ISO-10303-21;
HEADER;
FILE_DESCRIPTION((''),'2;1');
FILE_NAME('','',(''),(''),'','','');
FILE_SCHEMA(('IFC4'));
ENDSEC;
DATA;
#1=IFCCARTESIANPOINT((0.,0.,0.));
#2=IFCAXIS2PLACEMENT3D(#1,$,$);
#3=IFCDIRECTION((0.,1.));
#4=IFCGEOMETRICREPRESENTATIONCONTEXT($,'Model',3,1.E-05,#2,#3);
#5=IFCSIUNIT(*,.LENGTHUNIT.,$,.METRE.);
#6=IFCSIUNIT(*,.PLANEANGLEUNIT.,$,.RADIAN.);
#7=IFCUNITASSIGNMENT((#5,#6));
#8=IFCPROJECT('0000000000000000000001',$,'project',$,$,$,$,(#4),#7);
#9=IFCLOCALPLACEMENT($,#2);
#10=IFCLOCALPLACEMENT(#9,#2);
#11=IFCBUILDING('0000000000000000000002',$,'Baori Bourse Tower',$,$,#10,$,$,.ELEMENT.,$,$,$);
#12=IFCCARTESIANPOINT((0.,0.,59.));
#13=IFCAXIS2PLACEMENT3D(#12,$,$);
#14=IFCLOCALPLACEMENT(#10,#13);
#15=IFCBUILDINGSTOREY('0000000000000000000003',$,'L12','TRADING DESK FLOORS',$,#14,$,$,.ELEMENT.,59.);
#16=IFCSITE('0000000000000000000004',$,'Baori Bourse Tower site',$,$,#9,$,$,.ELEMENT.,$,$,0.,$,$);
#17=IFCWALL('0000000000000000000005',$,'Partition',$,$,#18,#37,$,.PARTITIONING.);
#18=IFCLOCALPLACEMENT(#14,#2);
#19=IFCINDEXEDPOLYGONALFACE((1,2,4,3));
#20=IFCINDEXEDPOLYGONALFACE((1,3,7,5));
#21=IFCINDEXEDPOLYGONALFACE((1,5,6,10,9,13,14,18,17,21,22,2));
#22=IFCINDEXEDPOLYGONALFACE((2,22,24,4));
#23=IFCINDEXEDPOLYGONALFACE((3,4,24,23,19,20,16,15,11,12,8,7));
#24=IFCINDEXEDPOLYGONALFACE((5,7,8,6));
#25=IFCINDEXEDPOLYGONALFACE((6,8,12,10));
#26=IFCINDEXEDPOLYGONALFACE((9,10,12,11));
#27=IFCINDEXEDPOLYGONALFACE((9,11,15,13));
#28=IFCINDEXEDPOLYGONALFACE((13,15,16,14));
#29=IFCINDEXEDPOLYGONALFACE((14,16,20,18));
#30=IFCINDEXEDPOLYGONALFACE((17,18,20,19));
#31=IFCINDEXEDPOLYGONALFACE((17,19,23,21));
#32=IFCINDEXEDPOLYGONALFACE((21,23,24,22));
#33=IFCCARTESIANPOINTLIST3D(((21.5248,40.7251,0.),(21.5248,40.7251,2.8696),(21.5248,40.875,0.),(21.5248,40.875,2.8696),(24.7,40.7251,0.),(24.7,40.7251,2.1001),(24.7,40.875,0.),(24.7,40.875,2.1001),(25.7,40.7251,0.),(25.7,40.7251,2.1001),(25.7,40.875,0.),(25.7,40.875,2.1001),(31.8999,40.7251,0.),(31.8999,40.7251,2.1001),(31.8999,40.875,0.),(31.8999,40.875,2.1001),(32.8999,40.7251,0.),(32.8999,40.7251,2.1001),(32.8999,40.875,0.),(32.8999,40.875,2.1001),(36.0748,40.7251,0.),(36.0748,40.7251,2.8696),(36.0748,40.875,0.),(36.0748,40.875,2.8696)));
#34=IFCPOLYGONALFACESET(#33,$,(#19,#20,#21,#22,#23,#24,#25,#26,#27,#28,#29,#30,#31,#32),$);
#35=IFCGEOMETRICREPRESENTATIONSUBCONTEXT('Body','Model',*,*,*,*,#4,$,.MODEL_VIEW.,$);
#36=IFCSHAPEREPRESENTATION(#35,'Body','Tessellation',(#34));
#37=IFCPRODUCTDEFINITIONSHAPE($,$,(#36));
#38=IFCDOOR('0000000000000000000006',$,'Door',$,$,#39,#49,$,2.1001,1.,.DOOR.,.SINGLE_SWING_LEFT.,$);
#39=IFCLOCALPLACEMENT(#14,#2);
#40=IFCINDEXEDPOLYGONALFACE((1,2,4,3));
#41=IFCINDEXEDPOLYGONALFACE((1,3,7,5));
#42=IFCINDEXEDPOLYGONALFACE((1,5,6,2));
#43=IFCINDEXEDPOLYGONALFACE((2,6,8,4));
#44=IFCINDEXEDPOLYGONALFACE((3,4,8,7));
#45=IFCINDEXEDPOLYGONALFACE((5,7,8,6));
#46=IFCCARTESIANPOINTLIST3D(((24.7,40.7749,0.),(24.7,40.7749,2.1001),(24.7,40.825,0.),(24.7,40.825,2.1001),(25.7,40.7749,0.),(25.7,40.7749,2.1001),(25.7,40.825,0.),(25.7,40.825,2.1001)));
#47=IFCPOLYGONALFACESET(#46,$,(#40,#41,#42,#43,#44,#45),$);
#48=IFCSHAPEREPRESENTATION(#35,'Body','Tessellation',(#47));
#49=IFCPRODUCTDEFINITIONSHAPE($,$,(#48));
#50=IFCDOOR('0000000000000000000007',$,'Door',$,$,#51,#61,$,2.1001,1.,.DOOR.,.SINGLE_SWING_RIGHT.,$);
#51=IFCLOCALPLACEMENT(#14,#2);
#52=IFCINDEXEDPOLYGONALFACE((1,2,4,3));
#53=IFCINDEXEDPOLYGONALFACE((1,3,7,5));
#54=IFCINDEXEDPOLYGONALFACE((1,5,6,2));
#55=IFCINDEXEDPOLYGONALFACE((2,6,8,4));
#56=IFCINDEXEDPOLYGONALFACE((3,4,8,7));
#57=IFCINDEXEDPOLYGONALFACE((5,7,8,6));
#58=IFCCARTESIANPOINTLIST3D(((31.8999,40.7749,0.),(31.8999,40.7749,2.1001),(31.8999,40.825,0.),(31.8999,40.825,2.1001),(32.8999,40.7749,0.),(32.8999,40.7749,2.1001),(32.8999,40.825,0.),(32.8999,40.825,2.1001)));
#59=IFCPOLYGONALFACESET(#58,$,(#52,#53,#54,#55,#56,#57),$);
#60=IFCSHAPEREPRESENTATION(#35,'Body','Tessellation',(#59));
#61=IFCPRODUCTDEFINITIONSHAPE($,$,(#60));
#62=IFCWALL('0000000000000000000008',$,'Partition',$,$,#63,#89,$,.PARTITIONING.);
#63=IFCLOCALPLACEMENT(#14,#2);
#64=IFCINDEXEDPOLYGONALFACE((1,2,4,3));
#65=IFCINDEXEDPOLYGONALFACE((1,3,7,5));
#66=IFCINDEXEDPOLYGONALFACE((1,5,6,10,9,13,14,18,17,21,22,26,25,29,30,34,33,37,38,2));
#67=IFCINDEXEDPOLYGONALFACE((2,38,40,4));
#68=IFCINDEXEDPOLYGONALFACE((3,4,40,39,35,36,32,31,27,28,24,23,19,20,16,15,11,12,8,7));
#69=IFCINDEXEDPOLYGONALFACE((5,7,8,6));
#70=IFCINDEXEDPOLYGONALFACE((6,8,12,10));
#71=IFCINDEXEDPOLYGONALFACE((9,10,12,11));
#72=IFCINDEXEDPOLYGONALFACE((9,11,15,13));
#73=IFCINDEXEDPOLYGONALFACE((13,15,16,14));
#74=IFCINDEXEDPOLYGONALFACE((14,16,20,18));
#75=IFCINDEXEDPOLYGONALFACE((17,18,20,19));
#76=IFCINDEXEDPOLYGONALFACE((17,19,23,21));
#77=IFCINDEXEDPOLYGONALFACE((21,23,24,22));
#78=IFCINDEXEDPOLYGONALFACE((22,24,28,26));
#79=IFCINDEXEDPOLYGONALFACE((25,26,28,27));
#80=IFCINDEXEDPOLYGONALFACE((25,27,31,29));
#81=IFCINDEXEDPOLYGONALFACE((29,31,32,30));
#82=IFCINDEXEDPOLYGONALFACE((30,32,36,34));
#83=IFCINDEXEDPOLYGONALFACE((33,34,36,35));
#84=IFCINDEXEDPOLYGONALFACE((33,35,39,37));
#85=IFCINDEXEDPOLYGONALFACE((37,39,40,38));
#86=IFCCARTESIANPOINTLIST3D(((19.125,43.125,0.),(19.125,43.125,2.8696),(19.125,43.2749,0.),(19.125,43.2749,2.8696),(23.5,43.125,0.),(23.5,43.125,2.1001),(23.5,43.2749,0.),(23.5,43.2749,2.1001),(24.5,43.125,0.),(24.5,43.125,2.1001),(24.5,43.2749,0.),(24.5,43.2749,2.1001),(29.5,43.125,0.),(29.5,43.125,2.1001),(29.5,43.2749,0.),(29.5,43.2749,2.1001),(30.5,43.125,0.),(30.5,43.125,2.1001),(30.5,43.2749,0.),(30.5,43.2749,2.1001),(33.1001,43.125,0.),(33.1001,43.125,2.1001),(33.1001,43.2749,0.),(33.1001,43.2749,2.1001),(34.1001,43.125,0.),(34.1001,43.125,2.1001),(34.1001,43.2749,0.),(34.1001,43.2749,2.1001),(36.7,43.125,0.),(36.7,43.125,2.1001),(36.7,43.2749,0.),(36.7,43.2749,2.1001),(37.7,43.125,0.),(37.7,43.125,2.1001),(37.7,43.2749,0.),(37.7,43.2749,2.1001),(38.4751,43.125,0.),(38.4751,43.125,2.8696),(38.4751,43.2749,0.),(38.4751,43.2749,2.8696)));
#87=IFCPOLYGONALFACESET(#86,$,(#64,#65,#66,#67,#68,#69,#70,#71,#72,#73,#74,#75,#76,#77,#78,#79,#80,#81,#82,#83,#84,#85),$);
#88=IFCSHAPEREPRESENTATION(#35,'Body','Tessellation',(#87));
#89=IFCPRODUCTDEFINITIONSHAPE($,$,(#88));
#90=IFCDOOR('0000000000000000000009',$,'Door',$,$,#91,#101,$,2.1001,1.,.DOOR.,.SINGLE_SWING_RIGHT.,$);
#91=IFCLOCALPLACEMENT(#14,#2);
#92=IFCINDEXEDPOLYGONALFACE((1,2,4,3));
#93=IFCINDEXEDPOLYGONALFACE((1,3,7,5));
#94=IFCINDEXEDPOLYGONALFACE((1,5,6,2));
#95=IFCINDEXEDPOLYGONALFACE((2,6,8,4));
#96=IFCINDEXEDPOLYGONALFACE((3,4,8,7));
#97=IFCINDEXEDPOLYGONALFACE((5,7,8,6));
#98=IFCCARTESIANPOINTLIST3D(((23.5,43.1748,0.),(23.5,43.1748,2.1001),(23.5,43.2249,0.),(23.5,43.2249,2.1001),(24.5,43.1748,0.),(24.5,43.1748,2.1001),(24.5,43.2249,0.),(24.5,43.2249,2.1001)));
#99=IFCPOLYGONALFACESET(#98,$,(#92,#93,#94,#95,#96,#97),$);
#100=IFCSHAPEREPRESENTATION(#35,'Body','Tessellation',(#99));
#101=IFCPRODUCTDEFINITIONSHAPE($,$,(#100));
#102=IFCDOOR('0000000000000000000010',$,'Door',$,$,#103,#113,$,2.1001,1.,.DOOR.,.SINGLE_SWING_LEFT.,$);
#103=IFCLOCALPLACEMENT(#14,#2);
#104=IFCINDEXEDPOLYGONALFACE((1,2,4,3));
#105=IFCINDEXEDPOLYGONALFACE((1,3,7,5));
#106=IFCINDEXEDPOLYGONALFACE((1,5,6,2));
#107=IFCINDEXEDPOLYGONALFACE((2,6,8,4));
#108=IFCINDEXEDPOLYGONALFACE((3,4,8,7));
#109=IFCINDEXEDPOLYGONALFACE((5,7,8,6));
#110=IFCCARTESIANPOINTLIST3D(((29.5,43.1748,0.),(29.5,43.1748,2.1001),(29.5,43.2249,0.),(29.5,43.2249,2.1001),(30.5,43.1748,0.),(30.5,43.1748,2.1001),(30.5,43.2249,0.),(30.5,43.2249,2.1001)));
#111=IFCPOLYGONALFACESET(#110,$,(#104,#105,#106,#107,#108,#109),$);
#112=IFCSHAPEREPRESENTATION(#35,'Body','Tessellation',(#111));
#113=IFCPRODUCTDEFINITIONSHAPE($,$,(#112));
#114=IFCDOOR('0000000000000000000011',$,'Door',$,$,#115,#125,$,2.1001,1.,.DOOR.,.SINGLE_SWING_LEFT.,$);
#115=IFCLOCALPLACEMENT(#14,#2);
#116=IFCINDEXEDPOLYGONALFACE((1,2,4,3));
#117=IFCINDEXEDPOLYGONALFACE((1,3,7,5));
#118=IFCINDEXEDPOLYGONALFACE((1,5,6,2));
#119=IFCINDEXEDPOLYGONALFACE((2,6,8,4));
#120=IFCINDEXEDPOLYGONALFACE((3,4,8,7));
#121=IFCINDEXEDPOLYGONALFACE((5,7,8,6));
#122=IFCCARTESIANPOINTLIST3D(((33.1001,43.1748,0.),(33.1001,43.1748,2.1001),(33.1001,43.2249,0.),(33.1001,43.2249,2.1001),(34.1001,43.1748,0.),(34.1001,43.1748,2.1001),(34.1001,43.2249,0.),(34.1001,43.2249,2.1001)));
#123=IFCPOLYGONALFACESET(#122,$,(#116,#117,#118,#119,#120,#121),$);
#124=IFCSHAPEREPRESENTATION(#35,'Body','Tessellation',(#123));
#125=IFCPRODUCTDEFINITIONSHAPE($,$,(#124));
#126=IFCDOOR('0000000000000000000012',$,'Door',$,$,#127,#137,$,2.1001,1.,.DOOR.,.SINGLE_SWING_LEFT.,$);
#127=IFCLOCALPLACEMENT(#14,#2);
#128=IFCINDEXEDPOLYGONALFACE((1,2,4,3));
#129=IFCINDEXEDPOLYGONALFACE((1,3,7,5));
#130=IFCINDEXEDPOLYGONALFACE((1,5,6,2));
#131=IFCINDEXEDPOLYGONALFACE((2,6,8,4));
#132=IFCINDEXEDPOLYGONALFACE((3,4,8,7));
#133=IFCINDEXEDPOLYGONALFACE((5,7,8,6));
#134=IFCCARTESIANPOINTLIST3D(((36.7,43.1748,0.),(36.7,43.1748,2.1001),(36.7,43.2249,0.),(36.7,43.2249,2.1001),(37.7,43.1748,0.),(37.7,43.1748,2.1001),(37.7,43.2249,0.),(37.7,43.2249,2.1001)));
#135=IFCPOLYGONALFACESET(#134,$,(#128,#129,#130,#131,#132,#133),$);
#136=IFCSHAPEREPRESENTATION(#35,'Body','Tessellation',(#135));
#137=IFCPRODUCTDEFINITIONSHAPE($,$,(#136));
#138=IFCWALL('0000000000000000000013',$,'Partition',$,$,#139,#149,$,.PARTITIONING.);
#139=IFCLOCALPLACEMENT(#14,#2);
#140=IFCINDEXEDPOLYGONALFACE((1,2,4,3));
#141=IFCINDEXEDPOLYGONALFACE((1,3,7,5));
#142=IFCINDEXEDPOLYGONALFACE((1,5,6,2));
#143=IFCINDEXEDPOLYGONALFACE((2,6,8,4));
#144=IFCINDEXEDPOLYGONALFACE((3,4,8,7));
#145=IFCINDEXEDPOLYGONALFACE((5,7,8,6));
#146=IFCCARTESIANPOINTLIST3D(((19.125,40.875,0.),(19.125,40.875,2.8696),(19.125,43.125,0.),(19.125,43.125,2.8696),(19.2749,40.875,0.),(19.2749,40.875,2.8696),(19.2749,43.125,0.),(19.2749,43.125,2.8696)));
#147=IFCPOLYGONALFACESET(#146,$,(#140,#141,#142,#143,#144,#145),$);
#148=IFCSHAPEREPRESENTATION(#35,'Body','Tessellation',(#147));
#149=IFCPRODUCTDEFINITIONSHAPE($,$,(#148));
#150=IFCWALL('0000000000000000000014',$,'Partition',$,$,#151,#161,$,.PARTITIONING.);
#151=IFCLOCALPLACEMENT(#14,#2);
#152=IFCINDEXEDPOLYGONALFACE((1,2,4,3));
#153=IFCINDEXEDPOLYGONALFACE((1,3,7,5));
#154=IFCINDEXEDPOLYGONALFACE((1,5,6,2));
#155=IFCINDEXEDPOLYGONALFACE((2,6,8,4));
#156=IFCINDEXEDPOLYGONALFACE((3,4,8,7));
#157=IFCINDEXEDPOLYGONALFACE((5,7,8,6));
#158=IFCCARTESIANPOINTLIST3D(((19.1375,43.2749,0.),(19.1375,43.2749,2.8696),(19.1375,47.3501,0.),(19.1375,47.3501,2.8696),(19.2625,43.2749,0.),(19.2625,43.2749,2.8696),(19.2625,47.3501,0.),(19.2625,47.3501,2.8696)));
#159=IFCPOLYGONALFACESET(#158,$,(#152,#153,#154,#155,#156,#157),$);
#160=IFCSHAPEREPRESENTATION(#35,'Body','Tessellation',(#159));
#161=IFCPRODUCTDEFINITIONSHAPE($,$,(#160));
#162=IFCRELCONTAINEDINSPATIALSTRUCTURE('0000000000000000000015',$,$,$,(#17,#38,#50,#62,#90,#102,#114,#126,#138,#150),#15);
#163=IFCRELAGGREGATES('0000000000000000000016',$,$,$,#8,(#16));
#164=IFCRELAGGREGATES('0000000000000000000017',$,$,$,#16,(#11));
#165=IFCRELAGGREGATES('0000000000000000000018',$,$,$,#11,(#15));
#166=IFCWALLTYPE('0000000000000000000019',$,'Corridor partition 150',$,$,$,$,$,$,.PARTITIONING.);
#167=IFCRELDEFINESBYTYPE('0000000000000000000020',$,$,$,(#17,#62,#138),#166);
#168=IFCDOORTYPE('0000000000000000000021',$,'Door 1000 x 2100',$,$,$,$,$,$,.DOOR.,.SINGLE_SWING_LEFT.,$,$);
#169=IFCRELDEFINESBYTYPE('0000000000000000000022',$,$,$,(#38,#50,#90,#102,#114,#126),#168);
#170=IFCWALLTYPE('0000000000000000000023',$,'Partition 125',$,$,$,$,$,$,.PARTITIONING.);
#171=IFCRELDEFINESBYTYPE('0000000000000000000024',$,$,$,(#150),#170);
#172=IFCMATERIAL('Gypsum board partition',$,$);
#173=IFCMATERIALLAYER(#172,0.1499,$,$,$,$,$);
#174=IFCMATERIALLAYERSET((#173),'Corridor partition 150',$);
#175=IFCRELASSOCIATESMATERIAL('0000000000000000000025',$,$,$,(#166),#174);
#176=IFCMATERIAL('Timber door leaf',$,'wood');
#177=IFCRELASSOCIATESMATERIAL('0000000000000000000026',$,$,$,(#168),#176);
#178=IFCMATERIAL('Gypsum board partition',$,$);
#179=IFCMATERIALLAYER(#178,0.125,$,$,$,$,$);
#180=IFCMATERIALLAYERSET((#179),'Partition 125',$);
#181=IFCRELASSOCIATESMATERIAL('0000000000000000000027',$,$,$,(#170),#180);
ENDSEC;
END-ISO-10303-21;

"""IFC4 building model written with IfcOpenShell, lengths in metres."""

from ifc_helpers import new_model, si_unit, direction, frame, frame_2d, origin, place, context, subcontext, project, spatial, rectangle, extrude, material, layer, layer_set, type_object, element, fill, save


model = new_model("IFC4")

# Units and contexts
model_context = context("Model", 3, precision=1e-05, world=origin(), true_north=direction((0.0, 1.0)))
body_context = subcontext(model_context, "Body", "Model", "MODEL_VIEW")
ifc_project = project(units=[si_unit("LENGTHUNIT", "METRE"), si_unit("PLANEANGLEUNIT", "RADIAN")], contexts=[model_context])

# Site, building, storey
site_placement = place(None, origin())
site = spatial("IfcSite", under=ifc_project, at=site_placement, Name="Baori Bourse Tower site", CompositionType="ELEMENT", RefElevation=0.0)
building_placement = place(site_placement, origin())
building = spatial("IfcBuilding", under=site, at=building_placement, Name="Baori Bourse Tower", CompositionType="ELEMENT")
storey_placement = place(building_placement, frame((0.0, 0.0, 59.0)))
storey = spatial("IfcBuildingStorey", under=building, at=storey_placement, Name="L12", Description="TRADING DESK FLOORS", CompositionType="ELEMENT", Elevation=59.0)

# Walls, openings, doors
ifc_material_1 = material(Name="Gypsum board partition")
ifc_layer_1 = layer(ifc_material_1, 0.1499)
ifc_layer_set_1 = layer_set([ifc_layer_1], Name="Corridor partition 150")
wall_type_1 = type_object("IfcWallType", Name="Corridor partition 150", PredefinedType="PARTITIONING", material=ifc_layer_set_1)
wall_1_placement = place(storey_placement, frame((21.5249, 40.8, 0.0), z_axis=(0.0, 0.0, 1.0), x_axis=(1.0, 0.0, 0.0)))
wall_1 = element("IfcWall", 1, at=wall_1_placement, inside=storey, type_object=wall_type_1, Name="Partition", PredefinedType="PARTITIONING", context=body_context, shape_type="SweptSolid", body=[
    extrude(rectangle(XDim=14.55, YDim=0.1499, at=frame_2d((7.2749, 0.0))), origin(), (0.0, 0.0, 1.0), 2.8696),
])
opening_1_placement = place(wall_1_placement, frame((3.175, 0.0, 0.0)))
opening_1 = element("IfcOpeningElement", 2, at=opening_1_placement, cuts=wall_1, PredefinedType="OPENING", context=body_context, shape_type="SweptSolid", body=[
    extrude(rectangle(XDim=1.0, YDim=2.1001, at=frame_2d((0.5, 1.05))), frame((0.0, 0.085, 0.0), z_axis=(0.0, -1.0, 0.0), x_axis=(1.0, 0.0, 0.0)), (0.0, 0.0, 1.0), 0.1699),
])
opening_2_placement = place(wall_1_placement, frame((10.375, 0.0, 0.0)))
opening_2 = element("IfcOpeningElement", 3, at=opening_2_placement, cuts=wall_1, PredefinedType="OPENING", context=body_context, shape_type="SweptSolid", body=[
    extrude(rectangle(XDim=1.0, YDim=2.1001, at=frame_2d((0.5, 1.05))), frame((0.0, 0.085, 0.0), z_axis=(0.0, -1.0, 0.0), x_axis=(1.0, 0.0, 0.0)), (0.0, 0.0, 1.0), 0.1699),
])
ifc_material_2 = material(Name="Timber door leaf", Category="wood")
door_type_1 = type_object("IfcDoorType", Name="Door 1000 x 2100", OperationType="SINGLE_SWING_LEFT", PredefinedType="DOOR", material=ifc_material_2)
door_1_placement = place(opening_1_placement, origin())
door_1 = element("IfcDoor", 4, at=door_1_placement, inside=storey, type_object=door_type_1, Name="Door", OperationType="SINGLE_SWING_LEFT", OverallHeight=2.1001, OverallWidth=1.0, PredefinedType="DOOR", context=body_context, shape_type="SweptSolid", body=[
    extrude(rectangle(XDim=1.0, YDim=2.1001, at=frame_2d((0.5, 1.05))), frame((0.0, 0.0249, 0.0), z_axis=(0.0, -1.0, 0.0), x_axis=(1.0, 0.0, 0.0)), (0.0, 0.0, 1.0), 0.05),
])
fill(opening_1, door_1)
door_2_placement = place(opening_2_placement, origin())
door_2 = element("IfcDoor", 5, at=door_2_placement, inside=storey, type_object=door_type_1, Name="Door", OperationType="SINGLE_SWING_RIGHT", OverallHeight=2.1001, OverallWidth=1.0, PredefinedType="DOOR", context=body_context, shape_type="SweptSolid", body=[
    extrude(rectangle(XDim=1.0, YDim=2.1001, at=frame_2d((0.5, 1.05))), frame((0.0, 0.0249, 0.0), z_axis=(0.0, -1.0, 0.0), x_axis=(1.0, 0.0, 0.0)), (0.0, 0.0, 1.0), 0.05),
])
fill(opening_2, door_2)
wall_2_placement = place(storey_placement, frame((19.125, 43.2, 0.0), z_axis=(0.0, 0.0, 1.0), x_axis=(1.0, 0.0, 0.0)))
wall_2 = element("IfcWall", 6, at=wall_2_placement, inside=storey, type_object=wall_type_1, Name="Partition", PredefinedType="PARTITIONING", context=body_context, shape_type="SweptSolid", body=[
    extrude(rectangle(XDim=19.3501, YDim=0.1499, at=frame_2d((9.675, 0.0))), origin(), (0.0, 0.0, 1.0), 2.8696),
])
opening_3_placement = place(wall_2_placement, frame((4.375, 0.0, 0.0)))
opening_3 = element("IfcOpeningElement", 7, at=opening_3_placement, cuts=wall_2, PredefinedType="OPENING", context=body_context, shape_type="SweptSolid", body=[
    extrude(rectangle(XDim=1.0, YDim=2.1001, at=frame_2d((0.5, 1.05))), frame((0.0, 0.085, 0.0), z_axis=(0.0, -1.0, 0.0), x_axis=(1.0, 0.0, 0.0)), (0.0, 0.0, 1.0), 0.1699),
])
opening_4_placement = place(wall_2_placement, frame((10.375, 0.0, 0.0)))
opening_4 = element("IfcOpeningElement", 8, at=opening_4_placement, cuts=wall_2, PredefinedType="OPENING", context=body_context, shape_type="SweptSolid", body=[
    extrude(rectangle(XDim=1.0, YDim=2.1001, at=frame_2d((0.5, 1.05))), frame((0.0, 0.085, 0.0), z_axis=(0.0, -1.0, 0.0), x_axis=(1.0, 0.0, 0.0)), (0.0, 0.0, 1.0), 0.1699),
])
opening_5_placement = place(wall_2_placement, frame((13.9751, 0.0, 0.0)))
opening_5 = element("IfcOpeningElement", 9, at=opening_5_placement, cuts=wall_2, PredefinedType="OPENING", context=body_context, shape_type="SweptSolid", body=[
    extrude(rectangle(XDim=1.0, YDim=2.1001, at=frame_2d((0.5, 1.05))), frame((0.0, 0.085, 0.0), z_axis=(0.0, -1.0, 0.0), x_axis=(1.0, 0.0, 0.0)), (0.0, 0.0, 1.0), 0.1699),
])
opening_6_placement = place(wall_2_placement, frame((17.575, 0.0, 0.0)))
opening_6 = element("IfcOpeningElement", 10, at=opening_6_placement, cuts=wall_2, PredefinedType="OPENING", context=body_context, shape_type="SweptSolid", body=[
    extrude(rectangle(XDim=1.0, YDim=2.1001, at=frame_2d((0.5, 1.05))), frame((0.0, 0.085, 0.0), z_axis=(0.0, -1.0, 0.0), x_axis=(1.0, 0.0, 0.0)), (0.0, 0.0, 1.0), 0.1699),
])
door_3_placement = place(opening_3_placement, origin())
door_3 = element("IfcDoor", 11, at=door_3_placement, inside=storey, type_object=door_type_1, Name="Door", OperationType="SINGLE_SWING_RIGHT", OverallHeight=2.1001, OverallWidth=1.0, PredefinedType="DOOR", context=body_context, shape_type="SweptSolid", body=[
    extrude(rectangle(XDim=1.0, YDim=2.1001, at=frame_2d((0.5, 1.05))), frame((0.0, 0.0249, 0.0), z_axis=(0.0, -1.0, 0.0), x_axis=(1.0, 0.0, 0.0)), (0.0, 0.0, 1.0), 0.05),
])
fill(opening_3, door_3)
door_4_placement = place(opening_4_placement, origin())
door_4 = element("IfcDoor", 12, at=door_4_placement, inside=storey, type_object=door_type_1, Name="Door", OperationType="SINGLE_SWING_LEFT", OverallHeight=2.1001, OverallWidth=1.0, PredefinedType="DOOR", context=body_context, shape_type="SweptSolid", body=[
    extrude(rectangle(XDim=1.0, YDim=2.1001, at=frame_2d((0.5, 1.05))), frame((0.0, 0.0249, 0.0), z_axis=(0.0, -1.0, 0.0), x_axis=(1.0, 0.0, 0.0)), (0.0, 0.0, 1.0), 0.05),
])
fill(opening_4, door_4)
door_5_placement = place(opening_5_placement, origin())
door_5 = element("IfcDoor", 13, at=door_5_placement, inside=storey, type_object=door_type_1, Name="Door", OperationType="SINGLE_SWING_LEFT", OverallHeight=2.1001, OverallWidth=1.0, PredefinedType="DOOR", context=body_context, shape_type="SweptSolid", body=[
    extrude(rectangle(XDim=1.0, YDim=2.1001, at=frame_2d((0.5, 1.05))), frame((0.0, 0.0249, 0.0), z_axis=(0.0, -1.0, 0.0), x_axis=(1.0, 0.0, 0.0)), (0.0, 0.0, 1.0), 0.05),
])
fill(opening_5, door_5)
door_6_placement = place(opening_6_placement, origin())
door_6 = element("IfcDoor", 14, at=door_6_placement, inside=storey, type_object=door_type_1, Name="Door", OperationType="SINGLE_SWING_LEFT", OverallHeight=2.1001, OverallWidth=1.0, PredefinedType="DOOR", context=body_context, shape_type="SweptSolid", body=[
    extrude(rectangle(XDim=1.0, YDim=2.1001, at=frame_2d((0.5, 1.05))), frame((0.0, 0.0249, 0.0), z_axis=(0.0, -1.0, 0.0), x_axis=(1.0, 0.0, 0.0)), (0.0, 0.0, 1.0), 0.05),
])
fill(opening_6, door_6)

# Walls
wall_3_placement = place(storey_placement, frame((19.2, 40.875, 0.0), z_axis=(0.0, 0.0, 1.0), x_axis=(0.0, 1.0, 0.0)))
element("IfcWall", 15, at=wall_3_placement, inside=storey, type_object=wall_type_1, Name="Partition", PredefinedType="PARTITIONING", context=body_context, shape_type="SweptSolid", body=[
    extrude(rectangle(XDim=2.25, YDim=0.1499, at=frame_2d((1.125, 0.0))), origin(), (0.0, 0.0, 1.0), 2.8696),
])
ifc_material_3 = material(Name="Gypsum board partition")
ifc_layer_2 = layer(ifc_material_3, 0.125)
ifc_layer_set_2 = layer_set([ifc_layer_2], Name="Partition 125")
wall_type_2 = type_object("IfcWallType", Name="Partition 125", PredefinedType="PARTITIONING", material=ifc_layer_set_2)
wall_4_placement = place(storey_placement, frame((19.2, 43.2749, 0.0), z_axis=(0.0, 0.0, 1.0), x_axis=(0.0, 1.0, 0.0)))
element("IfcWall", 16, at=wall_4_placement, inside=storey, type_object=wall_type_2, Name="Partition", PredefinedType="PARTITIONING", context=body_context, shape_type="SweptSolid", body=[
    extrude(rectangle(XDim=4.0752, YDim=0.125, at=frame_2d((2.0376, 0.0))), origin(), (0.0, 0.0, 1.0), 2.8696),
])

save(model, "model.ifc")
